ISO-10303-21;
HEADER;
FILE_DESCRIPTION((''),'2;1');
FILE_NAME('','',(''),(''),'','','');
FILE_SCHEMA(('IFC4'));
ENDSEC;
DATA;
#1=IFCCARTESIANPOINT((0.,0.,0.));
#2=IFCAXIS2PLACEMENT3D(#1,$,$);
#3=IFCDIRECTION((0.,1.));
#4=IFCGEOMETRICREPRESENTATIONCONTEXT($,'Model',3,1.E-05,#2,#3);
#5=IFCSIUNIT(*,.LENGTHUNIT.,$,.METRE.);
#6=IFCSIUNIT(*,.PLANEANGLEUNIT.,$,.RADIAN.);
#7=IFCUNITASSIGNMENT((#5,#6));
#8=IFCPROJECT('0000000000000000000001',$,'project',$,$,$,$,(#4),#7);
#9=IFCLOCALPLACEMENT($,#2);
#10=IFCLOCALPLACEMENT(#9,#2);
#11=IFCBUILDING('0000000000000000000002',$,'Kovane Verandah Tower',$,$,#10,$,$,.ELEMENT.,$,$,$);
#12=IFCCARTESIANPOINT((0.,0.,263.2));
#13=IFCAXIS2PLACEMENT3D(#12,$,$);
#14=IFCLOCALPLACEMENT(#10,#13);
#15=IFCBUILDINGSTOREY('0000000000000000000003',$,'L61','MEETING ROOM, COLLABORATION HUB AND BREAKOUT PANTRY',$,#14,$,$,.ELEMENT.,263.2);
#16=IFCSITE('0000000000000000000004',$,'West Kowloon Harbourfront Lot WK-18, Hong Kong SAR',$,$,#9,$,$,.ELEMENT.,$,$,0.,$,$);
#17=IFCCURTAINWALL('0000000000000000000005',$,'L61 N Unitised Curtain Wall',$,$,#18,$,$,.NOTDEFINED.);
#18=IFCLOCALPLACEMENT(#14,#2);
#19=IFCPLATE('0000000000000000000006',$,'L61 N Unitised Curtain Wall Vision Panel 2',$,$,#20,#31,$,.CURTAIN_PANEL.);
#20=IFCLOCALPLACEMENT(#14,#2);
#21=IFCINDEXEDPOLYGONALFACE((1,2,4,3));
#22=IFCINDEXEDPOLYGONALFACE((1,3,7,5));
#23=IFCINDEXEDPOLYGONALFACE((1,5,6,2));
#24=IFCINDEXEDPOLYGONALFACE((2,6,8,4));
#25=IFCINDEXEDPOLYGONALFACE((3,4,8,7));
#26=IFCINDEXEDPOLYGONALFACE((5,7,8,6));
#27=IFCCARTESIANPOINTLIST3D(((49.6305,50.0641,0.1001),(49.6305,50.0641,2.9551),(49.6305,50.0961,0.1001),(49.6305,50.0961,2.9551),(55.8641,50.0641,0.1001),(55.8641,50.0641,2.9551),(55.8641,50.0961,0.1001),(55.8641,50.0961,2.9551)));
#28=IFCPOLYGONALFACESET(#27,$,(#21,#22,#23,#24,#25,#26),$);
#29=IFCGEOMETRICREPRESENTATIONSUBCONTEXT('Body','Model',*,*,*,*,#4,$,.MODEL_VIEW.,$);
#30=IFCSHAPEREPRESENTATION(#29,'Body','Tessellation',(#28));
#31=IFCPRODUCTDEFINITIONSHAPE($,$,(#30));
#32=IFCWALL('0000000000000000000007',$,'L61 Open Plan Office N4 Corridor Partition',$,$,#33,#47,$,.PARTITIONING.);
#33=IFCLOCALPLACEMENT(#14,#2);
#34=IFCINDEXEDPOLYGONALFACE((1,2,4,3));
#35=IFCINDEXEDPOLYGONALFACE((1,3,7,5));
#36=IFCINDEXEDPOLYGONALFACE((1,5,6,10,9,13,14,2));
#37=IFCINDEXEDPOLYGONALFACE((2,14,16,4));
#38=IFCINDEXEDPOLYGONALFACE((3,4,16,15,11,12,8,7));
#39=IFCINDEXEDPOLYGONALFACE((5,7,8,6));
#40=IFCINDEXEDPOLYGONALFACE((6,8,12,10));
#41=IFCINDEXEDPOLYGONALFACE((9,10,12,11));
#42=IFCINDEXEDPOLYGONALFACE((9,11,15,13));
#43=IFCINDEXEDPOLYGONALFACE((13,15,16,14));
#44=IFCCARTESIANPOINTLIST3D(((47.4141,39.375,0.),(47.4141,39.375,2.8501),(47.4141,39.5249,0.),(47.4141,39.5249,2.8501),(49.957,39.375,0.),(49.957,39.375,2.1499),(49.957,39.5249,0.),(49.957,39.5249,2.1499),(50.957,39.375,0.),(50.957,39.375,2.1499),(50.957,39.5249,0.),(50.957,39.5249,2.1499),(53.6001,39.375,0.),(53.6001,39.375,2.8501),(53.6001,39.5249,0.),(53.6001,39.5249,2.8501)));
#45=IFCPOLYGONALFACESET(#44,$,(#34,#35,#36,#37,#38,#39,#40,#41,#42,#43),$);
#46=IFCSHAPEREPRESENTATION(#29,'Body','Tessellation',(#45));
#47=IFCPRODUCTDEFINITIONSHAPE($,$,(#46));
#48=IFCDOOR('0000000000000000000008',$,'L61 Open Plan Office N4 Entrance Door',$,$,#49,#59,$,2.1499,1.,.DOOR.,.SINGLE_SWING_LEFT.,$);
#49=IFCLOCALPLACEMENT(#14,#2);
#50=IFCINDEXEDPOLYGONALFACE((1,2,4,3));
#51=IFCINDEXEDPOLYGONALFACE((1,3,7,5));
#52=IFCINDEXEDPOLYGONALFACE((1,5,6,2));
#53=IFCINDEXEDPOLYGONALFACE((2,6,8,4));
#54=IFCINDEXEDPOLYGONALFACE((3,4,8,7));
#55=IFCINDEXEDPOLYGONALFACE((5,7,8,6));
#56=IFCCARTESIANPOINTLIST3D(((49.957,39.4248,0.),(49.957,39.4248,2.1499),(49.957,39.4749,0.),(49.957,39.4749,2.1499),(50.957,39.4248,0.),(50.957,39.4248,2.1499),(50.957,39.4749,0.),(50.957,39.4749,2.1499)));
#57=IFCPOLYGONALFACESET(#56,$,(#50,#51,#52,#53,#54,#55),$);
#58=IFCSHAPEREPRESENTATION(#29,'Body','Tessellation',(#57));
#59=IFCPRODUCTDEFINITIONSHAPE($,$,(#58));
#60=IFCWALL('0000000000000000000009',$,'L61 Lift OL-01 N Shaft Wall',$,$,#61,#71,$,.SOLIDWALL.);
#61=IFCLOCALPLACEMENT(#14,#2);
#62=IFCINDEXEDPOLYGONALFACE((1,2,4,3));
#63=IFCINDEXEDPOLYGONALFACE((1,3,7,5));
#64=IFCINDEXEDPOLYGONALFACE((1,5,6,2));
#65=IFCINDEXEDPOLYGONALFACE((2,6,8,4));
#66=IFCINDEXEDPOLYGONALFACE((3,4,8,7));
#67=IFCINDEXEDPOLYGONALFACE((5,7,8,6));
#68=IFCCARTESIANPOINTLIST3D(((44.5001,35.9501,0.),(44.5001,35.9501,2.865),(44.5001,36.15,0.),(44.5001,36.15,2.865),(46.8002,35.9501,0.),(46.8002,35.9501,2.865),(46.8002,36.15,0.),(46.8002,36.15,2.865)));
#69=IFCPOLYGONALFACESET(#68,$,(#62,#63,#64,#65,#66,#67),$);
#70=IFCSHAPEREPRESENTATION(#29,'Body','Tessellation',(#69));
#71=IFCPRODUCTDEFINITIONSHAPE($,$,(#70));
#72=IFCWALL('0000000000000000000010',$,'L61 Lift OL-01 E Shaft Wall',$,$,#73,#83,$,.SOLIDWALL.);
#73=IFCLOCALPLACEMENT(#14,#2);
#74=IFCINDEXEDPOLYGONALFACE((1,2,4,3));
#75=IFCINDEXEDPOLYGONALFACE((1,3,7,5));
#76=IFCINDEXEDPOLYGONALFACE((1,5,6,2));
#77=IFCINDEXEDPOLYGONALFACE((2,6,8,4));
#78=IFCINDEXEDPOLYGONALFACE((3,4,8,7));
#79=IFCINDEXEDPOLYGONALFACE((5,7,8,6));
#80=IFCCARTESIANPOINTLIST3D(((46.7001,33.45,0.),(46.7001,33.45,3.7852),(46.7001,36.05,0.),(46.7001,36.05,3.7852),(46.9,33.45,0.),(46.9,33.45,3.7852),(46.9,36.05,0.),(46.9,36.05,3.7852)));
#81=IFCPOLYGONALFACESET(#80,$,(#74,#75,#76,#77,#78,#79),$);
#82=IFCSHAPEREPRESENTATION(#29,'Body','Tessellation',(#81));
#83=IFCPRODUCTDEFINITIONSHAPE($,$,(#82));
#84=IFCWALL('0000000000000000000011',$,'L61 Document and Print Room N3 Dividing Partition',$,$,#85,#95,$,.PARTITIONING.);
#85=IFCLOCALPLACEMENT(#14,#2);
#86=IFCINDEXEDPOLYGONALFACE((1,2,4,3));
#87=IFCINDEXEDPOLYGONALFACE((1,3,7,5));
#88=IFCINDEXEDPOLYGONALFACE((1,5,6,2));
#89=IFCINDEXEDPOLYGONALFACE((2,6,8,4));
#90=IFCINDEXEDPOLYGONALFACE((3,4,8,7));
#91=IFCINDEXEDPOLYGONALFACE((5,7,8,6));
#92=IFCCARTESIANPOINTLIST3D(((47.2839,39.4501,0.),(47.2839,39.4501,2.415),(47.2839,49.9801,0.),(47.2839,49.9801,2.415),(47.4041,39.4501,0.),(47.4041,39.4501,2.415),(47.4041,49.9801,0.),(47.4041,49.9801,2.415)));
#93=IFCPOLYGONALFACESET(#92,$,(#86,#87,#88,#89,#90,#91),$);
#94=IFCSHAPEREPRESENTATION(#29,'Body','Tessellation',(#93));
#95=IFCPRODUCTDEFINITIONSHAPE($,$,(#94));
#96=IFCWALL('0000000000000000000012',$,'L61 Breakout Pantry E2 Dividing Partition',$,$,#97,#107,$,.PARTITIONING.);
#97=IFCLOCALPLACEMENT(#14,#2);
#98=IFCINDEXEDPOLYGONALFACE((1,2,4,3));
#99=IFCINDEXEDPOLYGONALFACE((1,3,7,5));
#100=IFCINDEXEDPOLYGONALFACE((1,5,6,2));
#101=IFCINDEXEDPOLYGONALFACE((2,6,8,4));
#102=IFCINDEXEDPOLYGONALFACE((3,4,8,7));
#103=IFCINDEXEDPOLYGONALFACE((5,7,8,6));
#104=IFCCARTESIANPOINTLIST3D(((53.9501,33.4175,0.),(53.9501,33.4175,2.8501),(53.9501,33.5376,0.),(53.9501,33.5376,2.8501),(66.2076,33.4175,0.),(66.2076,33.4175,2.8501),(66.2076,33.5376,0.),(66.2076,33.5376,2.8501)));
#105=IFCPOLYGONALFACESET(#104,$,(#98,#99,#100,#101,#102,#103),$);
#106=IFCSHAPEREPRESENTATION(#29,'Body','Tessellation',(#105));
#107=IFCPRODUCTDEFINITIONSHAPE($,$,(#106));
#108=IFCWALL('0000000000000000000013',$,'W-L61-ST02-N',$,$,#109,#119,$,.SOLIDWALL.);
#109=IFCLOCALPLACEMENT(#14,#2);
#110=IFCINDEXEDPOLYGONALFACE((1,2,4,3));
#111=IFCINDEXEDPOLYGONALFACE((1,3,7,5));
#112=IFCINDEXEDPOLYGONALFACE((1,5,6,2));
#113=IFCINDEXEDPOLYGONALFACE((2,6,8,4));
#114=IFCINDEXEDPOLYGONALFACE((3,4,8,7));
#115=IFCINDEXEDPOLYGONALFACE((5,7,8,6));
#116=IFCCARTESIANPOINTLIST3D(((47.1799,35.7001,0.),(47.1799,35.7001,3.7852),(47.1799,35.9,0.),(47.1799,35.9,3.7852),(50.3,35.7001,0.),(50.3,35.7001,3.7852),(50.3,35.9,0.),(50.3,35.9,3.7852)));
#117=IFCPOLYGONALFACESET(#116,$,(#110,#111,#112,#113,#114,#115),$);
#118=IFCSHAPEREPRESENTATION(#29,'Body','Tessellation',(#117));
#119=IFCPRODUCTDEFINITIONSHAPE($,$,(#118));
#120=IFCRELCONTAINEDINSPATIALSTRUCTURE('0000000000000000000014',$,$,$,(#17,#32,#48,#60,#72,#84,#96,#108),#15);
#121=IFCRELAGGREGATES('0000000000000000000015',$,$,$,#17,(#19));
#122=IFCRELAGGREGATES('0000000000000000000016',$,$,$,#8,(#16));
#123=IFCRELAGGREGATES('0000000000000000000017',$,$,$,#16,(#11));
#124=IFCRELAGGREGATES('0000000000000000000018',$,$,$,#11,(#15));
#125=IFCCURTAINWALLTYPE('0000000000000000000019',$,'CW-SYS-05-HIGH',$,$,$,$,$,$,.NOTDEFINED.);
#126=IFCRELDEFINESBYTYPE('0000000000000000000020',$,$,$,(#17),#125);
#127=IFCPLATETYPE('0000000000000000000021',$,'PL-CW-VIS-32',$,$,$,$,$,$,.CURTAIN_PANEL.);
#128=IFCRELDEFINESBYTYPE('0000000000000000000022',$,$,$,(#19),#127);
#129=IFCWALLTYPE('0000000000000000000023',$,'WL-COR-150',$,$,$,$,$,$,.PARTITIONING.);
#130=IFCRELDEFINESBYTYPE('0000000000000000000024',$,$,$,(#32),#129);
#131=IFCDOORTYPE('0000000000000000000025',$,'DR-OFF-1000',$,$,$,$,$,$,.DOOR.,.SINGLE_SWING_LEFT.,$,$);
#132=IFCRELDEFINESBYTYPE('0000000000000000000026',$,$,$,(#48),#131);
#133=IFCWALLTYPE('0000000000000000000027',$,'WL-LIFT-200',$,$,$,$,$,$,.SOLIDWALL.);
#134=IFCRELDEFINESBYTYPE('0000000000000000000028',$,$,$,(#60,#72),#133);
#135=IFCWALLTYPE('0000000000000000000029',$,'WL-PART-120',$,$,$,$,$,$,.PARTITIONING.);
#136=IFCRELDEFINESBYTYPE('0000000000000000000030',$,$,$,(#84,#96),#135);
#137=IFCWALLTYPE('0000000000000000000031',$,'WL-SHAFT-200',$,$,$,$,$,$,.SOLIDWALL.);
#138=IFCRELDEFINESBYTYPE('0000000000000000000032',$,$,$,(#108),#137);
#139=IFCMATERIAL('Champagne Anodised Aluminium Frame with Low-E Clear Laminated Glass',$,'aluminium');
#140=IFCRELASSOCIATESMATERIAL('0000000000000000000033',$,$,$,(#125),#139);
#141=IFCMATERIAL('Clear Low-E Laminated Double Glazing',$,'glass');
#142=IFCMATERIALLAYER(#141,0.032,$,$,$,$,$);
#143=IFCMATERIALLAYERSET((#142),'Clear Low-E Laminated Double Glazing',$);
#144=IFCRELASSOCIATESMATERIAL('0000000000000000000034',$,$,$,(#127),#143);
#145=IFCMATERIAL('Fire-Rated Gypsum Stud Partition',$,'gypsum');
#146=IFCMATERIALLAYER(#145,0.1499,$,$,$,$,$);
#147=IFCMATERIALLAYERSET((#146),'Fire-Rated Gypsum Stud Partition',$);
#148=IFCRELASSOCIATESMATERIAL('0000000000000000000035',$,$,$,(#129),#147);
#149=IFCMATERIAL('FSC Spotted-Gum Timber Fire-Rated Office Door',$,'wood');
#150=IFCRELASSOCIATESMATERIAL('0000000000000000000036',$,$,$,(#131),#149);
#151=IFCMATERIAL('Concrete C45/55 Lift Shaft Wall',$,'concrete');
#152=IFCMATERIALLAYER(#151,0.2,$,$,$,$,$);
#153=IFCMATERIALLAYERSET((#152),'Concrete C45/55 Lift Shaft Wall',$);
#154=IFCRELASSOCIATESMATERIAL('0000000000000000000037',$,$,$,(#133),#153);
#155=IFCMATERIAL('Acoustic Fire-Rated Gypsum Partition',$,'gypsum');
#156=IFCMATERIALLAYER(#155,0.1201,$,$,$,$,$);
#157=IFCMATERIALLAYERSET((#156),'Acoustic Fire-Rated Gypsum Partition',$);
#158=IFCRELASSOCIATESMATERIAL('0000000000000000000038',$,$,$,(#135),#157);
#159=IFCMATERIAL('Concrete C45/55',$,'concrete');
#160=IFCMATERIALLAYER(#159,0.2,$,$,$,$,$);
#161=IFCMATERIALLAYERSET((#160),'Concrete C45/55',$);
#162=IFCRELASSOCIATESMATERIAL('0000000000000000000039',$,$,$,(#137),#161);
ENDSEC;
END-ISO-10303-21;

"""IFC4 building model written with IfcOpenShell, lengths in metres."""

from ifc_helpers import new_model, si_unit, direction, frame, frame_2d, origin, origin_2d, place, context, subcontext, project, spatial, rectangle, extrude, material, layer, layer_set, type_object, element, fill, aggregate, save


model = new_model("IFC4")

# Units and contexts
model_context = context("Model", 3, precision=1e-05, world=origin(), true_north=direction((0.0, 1.0)))
body_context = subcontext(model_context, "Body", "Model", "MODEL_VIEW")
ifc_project = project(units=[si_unit("LENGTHUNIT", "METRE"), si_unit("PLANEANGLEUNIT", "RADIAN")], contexts=[model_context])

# Site, building, storey
site_placement = place(None, origin())
site = spatial("IfcSite", under=ifc_project, at=site_placement, Name="West Kowloon Harbourfront Lot WK-18, Hong Kong SAR", CompositionType="ELEMENT", RefElevation=0.0)
building_placement = place(site_placement, origin())
building = spatial("IfcBuilding", under=site, at=building_placement, Name="Kovane Verandah Tower", CompositionType="ELEMENT")
storey_placement = place(building_placement, frame((0.0, 0.0, 263.2)))
storey = spatial("IfcBuildingStorey", under=building, at=storey_placement, Name="L61", Description="MEETING ROOM, COLLABORATION HUB AND BREAKOUT PANTRY", CompositionType="ELEMENT", Elevation=263.2)

# Curtain wall, plate
ifc_material_1 = material(Name="Champagne Anodised Aluminium Frame with Low-E Clear Laminated Glass", Category="aluminium")
curtain_wall_type = type_object("IfcCurtainWallType", Name="CW-SYS-05-HIGH", PredefinedType="NOTDEFINED", material=ifc_material_1)
curtain_wall_placement = place(storey_placement, origin())
curtain_wall = element("IfcCurtainWall", 1, at=curtain_wall_placement, inside=storey, type_object=curtain_wall_type, Name="L61 N Unitised Curtain Wall", PredefinedType="NOTDEFINED")
ifc_material_2 = material(Name="Clear Low-E Laminated Double Glazing", Category="glass")
ifc_layer_1 = layer(ifc_material_2, 0.032)
ifc_layer_set_1 = layer_set([ifc_layer_1], Name="Clear Low-E Laminated Double Glazing")
plate_type_1 = type_object("IfcPlateType", Name="PL-CW-VIS-32", PredefinedType="CURTAIN_PANEL", material=ifc_layer_set_1)
plate_1_placement = place(storey_placement, frame((52.7473, 50.0801, 0.1001), z_axis=(0.0, 0.0, 1.0), x_axis=(-1.0, 0.0, 0.0)))
plate_1 = element("IfcPlate", 2, at=plate_1_placement, type_object=plate_type_1, Name="L61 N Unitised Curtain Wall Vision Panel 2", PredefinedType="CURTAIN_PANEL", context=body_context, shape_type="SweptSolid", body=[
    extrude(rectangle(XDim=6.2336, YDim=0.032, at=origin_2d()), origin(), (0.0, 0.0, 1.0), 2.855),
])
aggregate(curtain_wall, [plate_1])

# Wall, opening, door
ifc_material_3 = material(Name="Fire-Rated Gypsum Stud Partition", Category="gypsum")
ifc_layer_2 = layer(ifc_material_3, 0.1499)
ifc_layer_set_2 = layer_set([ifc_layer_2], Name="Fire-Rated Gypsum Stud Partition")
wall_type_1 = type_object("IfcWallType", Name="WL-COR-150", PredefinedType="PARTITIONING", material=ifc_layer_set_2)
wall_1_placement = place(storey_placement, frame((47.4141, 39.45, 0.0), z_axis=(0.0, 0.0, 1.0), x_axis=(1.0, 0.0, 0.0)))
wall_1 = element("IfcWall", 3, at=wall_1_placement, inside=storey, type_object=wall_type_1, Name="L61 Open Plan Office N4 Corridor Partition", PredefinedType="PARTITIONING", context=body_context, shape_type="SweptSolid", body=[
    extrude(rectangle(XDim=6.186, YDim=0.1499, at=frame_2d((3.093, 0.0))), origin(), (0.0, 0.0, 1.0), 2.8501),
])
opening_placement = place(wall_1_placement, frame((2.543, 0.0, 0.0)))
opening = element("IfcOpeningElement", 4, at=opening_placement, cuts=wall_1, PredefinedType="OPENING", context=body_context, shape_type="SweptSolid", body=[
    extrude(rectangle(XDim=1.0, YDim=2.1499, at=frame_2d((0.5, 1.075))), frame((0.0, 0.075, 0.0), z_axis=(0.0, -1.0, 0.0), x_axis=(1.0, 0.0, 0.0)), (0.0, 0.0, 1.0), 0.1499),
])
ifc_material_4 = material(Name="FSC Spotted-Gum Timber Fire-Rated Office Door", Category="wood")
door_type = type_object("IfcDoorType", Name="DR-OFF-1000", OperationType="SINGLE_SWING_LEFT", PredefinedType="DOOR", material=ifc_material_4)
door_placement = place(opening_placement, origin())
door = element("IfcDoor", 5, at=door_placement, inside=storey, type_object=door_type, Name="L61 Open Plan Office N4 Entrance Door", OperationType="SINGLE_SWING_LEFT", OverallHeight=2.1499, OverallWidth=1.0, PredefinedType="DOOR", context=body_context, shape_type="SweptSolid", body=[
    extrude(rectangle(XDim=1.0, YDim=2.1499, at=frame_2d((0.5, 1.075))), frame((0.0, 0.0249, 0.0), z_axis=(0.0, -1.0, 0.0), x_axis=(1.0, 0.0, 0.0)), (0.0, 0.0, 1.0), 0.05),
])
fill(opening, door)

# Walls
ifc_material_5 = material(Name="Concrete C45/55 Lift Shaft Wall", Category="concrete")
ifc_layer_3 = layer(ifc_material_5, 0.2)
ifc_layer_set_3 = layer_set([ifc_layer_3], Name="Concrete C45/55 Lift Shaft Wall")
wall_type_2 = type_object("IfcWallType", Name="WL-LIFT-200", PredefinedType="SOLIDWALL", material=ifc_layer_set_3)
wall_2_placement = place(storey_placement, frame((46.8, 36.05, 0.0), z_axis=(0.0, 0.0, 1.0), x_axis=(-1.0, 0.0, 0.0)))
element("IfcWall", 6, at=wall_2_placement, inside=storey, type_object=wall_type_2, Name="L61 Lift OL-01 N Shaft Wall", PredefinedType="SOLIDWALL", context=body_context, shape_type="SweptSolid", body=[
    extrude(rectangle(XDim=2.3, YDim=0.2, at=frame_2d((1.1499, 0.0))), origin(), (0.0, 0.0, 1.0), 2.865),
])
wall_3_placement = place(storey_placement, frame((46.8, 33.45, 0.0), z_axis=(0.0, 0.0, 1.0), x_axis=(0.0, 1.0, 0.0)))
element("IfcWall", 7, at=wall_3_placement, inside=storey, type_object=wall_type_2, Name="L61 Lift OL-01 E Shaft Wall", PredefinedType="SOLIDWALL", context=body_context, shape_type="SweptSolid", body=[
    extrude(rectangle(XDim=2.6001, YDim=0.2, at=frame_2d((1.3, 0.0))), origin(), (0.0, 0.0, 1.0), 3.7852),
])
ifc_material_6 = material(Name="Acoustic Fire-Rated Gypsum Partition", Category="gypsum")
ifc_layer_4 = layer(ifc_material_6, 0.1201)
ifc_layer_set_4 = layer_set([ifc_layer_4], Name="Acoustic Fire-Rated Gypsum Partition")
wall_type_3 = type_object("IfcWallType", Name="WL-PART-120", PredefinedType="PARTITIONING", material=ifc_layer_set_4)
wall_4_placement = place(storey_placement, frame((47.344, 39.45, 0.0), z_axis=(0.0, 0.0, 1.0), x_axis=(0.0, 1.0, 0.0)))
element("IfcWall", 8, at=wall_4_placement, inside=storey, type_object=wall_type_3, Name="L61 Document and Print Room N3 Dividing Partition", PredefinedType="PARTITIONING", context=body_context, shape_type="SweptSolid", body=[
    extrude(rectangle(XDim=10.53, YDim=0.1201, at=frame_2d((5.2651, 0.0))), origin(), (0.0, 0.0, 1.0), 2.415),
])
wall_5_placement = place(storey_placement, frame((53.95, 33.4775, 0.0), z_axis=(0.0, 0.0, 1.0), x_axis=(1.0, 0.0, 0.0)))
element("IfcWall", 9, at=wall_5_placement, inside=storey, type_object=wall_type_3, Name="L61 Breakout Pantry E2 Dividing Partition", PredefinedType="PARTITIONING", context=body_context, shape_type="SweptSolid", body=[
    extrude(rectangle(XDim=12.2576, YDim=0.1201, at=frame_2d((6.1289, 0.0))), origin(), (0.0, 0.0, 1.0), 2.8501),
])
ifc_material_7 = material(Name="Concrete C45/55", Category="concrete")
ifc_layer_5 = layer(ifc_material_7, 0.2)
ifc_layer_set_5 = layer_set([ifc_layer_5], Name="Concrete C45/55")
wall_type_4 = type_object("IfcWallType", Name="WL-SHAFT-200", PredefinedType="SOLIDWALL", material=ifc_layer_set_5)
wall_6_placement = place(storey_placement, frame((47.1799, 35.8, 0.0), z_axis=(0.0, 0.0, 1.0), x_axis=(1.0, 0.0, 0.0)))
element("IfcWall", 10, at=wall_6_placement, inside=storey, type_object=wall_type_4, Name="W-L61-ST02-N", PredefinedType="SOLIDWALL", context=body_context, shape_type="SweptSolid", body=[
    extrude(rectangle(XDim=3.1201, YDim=0.2, at=frame_2d((1.5601, 0.0))), origin(), (0.0, 0.0, 1.0), 3.7852),
])

save(model, "model.ifc")
